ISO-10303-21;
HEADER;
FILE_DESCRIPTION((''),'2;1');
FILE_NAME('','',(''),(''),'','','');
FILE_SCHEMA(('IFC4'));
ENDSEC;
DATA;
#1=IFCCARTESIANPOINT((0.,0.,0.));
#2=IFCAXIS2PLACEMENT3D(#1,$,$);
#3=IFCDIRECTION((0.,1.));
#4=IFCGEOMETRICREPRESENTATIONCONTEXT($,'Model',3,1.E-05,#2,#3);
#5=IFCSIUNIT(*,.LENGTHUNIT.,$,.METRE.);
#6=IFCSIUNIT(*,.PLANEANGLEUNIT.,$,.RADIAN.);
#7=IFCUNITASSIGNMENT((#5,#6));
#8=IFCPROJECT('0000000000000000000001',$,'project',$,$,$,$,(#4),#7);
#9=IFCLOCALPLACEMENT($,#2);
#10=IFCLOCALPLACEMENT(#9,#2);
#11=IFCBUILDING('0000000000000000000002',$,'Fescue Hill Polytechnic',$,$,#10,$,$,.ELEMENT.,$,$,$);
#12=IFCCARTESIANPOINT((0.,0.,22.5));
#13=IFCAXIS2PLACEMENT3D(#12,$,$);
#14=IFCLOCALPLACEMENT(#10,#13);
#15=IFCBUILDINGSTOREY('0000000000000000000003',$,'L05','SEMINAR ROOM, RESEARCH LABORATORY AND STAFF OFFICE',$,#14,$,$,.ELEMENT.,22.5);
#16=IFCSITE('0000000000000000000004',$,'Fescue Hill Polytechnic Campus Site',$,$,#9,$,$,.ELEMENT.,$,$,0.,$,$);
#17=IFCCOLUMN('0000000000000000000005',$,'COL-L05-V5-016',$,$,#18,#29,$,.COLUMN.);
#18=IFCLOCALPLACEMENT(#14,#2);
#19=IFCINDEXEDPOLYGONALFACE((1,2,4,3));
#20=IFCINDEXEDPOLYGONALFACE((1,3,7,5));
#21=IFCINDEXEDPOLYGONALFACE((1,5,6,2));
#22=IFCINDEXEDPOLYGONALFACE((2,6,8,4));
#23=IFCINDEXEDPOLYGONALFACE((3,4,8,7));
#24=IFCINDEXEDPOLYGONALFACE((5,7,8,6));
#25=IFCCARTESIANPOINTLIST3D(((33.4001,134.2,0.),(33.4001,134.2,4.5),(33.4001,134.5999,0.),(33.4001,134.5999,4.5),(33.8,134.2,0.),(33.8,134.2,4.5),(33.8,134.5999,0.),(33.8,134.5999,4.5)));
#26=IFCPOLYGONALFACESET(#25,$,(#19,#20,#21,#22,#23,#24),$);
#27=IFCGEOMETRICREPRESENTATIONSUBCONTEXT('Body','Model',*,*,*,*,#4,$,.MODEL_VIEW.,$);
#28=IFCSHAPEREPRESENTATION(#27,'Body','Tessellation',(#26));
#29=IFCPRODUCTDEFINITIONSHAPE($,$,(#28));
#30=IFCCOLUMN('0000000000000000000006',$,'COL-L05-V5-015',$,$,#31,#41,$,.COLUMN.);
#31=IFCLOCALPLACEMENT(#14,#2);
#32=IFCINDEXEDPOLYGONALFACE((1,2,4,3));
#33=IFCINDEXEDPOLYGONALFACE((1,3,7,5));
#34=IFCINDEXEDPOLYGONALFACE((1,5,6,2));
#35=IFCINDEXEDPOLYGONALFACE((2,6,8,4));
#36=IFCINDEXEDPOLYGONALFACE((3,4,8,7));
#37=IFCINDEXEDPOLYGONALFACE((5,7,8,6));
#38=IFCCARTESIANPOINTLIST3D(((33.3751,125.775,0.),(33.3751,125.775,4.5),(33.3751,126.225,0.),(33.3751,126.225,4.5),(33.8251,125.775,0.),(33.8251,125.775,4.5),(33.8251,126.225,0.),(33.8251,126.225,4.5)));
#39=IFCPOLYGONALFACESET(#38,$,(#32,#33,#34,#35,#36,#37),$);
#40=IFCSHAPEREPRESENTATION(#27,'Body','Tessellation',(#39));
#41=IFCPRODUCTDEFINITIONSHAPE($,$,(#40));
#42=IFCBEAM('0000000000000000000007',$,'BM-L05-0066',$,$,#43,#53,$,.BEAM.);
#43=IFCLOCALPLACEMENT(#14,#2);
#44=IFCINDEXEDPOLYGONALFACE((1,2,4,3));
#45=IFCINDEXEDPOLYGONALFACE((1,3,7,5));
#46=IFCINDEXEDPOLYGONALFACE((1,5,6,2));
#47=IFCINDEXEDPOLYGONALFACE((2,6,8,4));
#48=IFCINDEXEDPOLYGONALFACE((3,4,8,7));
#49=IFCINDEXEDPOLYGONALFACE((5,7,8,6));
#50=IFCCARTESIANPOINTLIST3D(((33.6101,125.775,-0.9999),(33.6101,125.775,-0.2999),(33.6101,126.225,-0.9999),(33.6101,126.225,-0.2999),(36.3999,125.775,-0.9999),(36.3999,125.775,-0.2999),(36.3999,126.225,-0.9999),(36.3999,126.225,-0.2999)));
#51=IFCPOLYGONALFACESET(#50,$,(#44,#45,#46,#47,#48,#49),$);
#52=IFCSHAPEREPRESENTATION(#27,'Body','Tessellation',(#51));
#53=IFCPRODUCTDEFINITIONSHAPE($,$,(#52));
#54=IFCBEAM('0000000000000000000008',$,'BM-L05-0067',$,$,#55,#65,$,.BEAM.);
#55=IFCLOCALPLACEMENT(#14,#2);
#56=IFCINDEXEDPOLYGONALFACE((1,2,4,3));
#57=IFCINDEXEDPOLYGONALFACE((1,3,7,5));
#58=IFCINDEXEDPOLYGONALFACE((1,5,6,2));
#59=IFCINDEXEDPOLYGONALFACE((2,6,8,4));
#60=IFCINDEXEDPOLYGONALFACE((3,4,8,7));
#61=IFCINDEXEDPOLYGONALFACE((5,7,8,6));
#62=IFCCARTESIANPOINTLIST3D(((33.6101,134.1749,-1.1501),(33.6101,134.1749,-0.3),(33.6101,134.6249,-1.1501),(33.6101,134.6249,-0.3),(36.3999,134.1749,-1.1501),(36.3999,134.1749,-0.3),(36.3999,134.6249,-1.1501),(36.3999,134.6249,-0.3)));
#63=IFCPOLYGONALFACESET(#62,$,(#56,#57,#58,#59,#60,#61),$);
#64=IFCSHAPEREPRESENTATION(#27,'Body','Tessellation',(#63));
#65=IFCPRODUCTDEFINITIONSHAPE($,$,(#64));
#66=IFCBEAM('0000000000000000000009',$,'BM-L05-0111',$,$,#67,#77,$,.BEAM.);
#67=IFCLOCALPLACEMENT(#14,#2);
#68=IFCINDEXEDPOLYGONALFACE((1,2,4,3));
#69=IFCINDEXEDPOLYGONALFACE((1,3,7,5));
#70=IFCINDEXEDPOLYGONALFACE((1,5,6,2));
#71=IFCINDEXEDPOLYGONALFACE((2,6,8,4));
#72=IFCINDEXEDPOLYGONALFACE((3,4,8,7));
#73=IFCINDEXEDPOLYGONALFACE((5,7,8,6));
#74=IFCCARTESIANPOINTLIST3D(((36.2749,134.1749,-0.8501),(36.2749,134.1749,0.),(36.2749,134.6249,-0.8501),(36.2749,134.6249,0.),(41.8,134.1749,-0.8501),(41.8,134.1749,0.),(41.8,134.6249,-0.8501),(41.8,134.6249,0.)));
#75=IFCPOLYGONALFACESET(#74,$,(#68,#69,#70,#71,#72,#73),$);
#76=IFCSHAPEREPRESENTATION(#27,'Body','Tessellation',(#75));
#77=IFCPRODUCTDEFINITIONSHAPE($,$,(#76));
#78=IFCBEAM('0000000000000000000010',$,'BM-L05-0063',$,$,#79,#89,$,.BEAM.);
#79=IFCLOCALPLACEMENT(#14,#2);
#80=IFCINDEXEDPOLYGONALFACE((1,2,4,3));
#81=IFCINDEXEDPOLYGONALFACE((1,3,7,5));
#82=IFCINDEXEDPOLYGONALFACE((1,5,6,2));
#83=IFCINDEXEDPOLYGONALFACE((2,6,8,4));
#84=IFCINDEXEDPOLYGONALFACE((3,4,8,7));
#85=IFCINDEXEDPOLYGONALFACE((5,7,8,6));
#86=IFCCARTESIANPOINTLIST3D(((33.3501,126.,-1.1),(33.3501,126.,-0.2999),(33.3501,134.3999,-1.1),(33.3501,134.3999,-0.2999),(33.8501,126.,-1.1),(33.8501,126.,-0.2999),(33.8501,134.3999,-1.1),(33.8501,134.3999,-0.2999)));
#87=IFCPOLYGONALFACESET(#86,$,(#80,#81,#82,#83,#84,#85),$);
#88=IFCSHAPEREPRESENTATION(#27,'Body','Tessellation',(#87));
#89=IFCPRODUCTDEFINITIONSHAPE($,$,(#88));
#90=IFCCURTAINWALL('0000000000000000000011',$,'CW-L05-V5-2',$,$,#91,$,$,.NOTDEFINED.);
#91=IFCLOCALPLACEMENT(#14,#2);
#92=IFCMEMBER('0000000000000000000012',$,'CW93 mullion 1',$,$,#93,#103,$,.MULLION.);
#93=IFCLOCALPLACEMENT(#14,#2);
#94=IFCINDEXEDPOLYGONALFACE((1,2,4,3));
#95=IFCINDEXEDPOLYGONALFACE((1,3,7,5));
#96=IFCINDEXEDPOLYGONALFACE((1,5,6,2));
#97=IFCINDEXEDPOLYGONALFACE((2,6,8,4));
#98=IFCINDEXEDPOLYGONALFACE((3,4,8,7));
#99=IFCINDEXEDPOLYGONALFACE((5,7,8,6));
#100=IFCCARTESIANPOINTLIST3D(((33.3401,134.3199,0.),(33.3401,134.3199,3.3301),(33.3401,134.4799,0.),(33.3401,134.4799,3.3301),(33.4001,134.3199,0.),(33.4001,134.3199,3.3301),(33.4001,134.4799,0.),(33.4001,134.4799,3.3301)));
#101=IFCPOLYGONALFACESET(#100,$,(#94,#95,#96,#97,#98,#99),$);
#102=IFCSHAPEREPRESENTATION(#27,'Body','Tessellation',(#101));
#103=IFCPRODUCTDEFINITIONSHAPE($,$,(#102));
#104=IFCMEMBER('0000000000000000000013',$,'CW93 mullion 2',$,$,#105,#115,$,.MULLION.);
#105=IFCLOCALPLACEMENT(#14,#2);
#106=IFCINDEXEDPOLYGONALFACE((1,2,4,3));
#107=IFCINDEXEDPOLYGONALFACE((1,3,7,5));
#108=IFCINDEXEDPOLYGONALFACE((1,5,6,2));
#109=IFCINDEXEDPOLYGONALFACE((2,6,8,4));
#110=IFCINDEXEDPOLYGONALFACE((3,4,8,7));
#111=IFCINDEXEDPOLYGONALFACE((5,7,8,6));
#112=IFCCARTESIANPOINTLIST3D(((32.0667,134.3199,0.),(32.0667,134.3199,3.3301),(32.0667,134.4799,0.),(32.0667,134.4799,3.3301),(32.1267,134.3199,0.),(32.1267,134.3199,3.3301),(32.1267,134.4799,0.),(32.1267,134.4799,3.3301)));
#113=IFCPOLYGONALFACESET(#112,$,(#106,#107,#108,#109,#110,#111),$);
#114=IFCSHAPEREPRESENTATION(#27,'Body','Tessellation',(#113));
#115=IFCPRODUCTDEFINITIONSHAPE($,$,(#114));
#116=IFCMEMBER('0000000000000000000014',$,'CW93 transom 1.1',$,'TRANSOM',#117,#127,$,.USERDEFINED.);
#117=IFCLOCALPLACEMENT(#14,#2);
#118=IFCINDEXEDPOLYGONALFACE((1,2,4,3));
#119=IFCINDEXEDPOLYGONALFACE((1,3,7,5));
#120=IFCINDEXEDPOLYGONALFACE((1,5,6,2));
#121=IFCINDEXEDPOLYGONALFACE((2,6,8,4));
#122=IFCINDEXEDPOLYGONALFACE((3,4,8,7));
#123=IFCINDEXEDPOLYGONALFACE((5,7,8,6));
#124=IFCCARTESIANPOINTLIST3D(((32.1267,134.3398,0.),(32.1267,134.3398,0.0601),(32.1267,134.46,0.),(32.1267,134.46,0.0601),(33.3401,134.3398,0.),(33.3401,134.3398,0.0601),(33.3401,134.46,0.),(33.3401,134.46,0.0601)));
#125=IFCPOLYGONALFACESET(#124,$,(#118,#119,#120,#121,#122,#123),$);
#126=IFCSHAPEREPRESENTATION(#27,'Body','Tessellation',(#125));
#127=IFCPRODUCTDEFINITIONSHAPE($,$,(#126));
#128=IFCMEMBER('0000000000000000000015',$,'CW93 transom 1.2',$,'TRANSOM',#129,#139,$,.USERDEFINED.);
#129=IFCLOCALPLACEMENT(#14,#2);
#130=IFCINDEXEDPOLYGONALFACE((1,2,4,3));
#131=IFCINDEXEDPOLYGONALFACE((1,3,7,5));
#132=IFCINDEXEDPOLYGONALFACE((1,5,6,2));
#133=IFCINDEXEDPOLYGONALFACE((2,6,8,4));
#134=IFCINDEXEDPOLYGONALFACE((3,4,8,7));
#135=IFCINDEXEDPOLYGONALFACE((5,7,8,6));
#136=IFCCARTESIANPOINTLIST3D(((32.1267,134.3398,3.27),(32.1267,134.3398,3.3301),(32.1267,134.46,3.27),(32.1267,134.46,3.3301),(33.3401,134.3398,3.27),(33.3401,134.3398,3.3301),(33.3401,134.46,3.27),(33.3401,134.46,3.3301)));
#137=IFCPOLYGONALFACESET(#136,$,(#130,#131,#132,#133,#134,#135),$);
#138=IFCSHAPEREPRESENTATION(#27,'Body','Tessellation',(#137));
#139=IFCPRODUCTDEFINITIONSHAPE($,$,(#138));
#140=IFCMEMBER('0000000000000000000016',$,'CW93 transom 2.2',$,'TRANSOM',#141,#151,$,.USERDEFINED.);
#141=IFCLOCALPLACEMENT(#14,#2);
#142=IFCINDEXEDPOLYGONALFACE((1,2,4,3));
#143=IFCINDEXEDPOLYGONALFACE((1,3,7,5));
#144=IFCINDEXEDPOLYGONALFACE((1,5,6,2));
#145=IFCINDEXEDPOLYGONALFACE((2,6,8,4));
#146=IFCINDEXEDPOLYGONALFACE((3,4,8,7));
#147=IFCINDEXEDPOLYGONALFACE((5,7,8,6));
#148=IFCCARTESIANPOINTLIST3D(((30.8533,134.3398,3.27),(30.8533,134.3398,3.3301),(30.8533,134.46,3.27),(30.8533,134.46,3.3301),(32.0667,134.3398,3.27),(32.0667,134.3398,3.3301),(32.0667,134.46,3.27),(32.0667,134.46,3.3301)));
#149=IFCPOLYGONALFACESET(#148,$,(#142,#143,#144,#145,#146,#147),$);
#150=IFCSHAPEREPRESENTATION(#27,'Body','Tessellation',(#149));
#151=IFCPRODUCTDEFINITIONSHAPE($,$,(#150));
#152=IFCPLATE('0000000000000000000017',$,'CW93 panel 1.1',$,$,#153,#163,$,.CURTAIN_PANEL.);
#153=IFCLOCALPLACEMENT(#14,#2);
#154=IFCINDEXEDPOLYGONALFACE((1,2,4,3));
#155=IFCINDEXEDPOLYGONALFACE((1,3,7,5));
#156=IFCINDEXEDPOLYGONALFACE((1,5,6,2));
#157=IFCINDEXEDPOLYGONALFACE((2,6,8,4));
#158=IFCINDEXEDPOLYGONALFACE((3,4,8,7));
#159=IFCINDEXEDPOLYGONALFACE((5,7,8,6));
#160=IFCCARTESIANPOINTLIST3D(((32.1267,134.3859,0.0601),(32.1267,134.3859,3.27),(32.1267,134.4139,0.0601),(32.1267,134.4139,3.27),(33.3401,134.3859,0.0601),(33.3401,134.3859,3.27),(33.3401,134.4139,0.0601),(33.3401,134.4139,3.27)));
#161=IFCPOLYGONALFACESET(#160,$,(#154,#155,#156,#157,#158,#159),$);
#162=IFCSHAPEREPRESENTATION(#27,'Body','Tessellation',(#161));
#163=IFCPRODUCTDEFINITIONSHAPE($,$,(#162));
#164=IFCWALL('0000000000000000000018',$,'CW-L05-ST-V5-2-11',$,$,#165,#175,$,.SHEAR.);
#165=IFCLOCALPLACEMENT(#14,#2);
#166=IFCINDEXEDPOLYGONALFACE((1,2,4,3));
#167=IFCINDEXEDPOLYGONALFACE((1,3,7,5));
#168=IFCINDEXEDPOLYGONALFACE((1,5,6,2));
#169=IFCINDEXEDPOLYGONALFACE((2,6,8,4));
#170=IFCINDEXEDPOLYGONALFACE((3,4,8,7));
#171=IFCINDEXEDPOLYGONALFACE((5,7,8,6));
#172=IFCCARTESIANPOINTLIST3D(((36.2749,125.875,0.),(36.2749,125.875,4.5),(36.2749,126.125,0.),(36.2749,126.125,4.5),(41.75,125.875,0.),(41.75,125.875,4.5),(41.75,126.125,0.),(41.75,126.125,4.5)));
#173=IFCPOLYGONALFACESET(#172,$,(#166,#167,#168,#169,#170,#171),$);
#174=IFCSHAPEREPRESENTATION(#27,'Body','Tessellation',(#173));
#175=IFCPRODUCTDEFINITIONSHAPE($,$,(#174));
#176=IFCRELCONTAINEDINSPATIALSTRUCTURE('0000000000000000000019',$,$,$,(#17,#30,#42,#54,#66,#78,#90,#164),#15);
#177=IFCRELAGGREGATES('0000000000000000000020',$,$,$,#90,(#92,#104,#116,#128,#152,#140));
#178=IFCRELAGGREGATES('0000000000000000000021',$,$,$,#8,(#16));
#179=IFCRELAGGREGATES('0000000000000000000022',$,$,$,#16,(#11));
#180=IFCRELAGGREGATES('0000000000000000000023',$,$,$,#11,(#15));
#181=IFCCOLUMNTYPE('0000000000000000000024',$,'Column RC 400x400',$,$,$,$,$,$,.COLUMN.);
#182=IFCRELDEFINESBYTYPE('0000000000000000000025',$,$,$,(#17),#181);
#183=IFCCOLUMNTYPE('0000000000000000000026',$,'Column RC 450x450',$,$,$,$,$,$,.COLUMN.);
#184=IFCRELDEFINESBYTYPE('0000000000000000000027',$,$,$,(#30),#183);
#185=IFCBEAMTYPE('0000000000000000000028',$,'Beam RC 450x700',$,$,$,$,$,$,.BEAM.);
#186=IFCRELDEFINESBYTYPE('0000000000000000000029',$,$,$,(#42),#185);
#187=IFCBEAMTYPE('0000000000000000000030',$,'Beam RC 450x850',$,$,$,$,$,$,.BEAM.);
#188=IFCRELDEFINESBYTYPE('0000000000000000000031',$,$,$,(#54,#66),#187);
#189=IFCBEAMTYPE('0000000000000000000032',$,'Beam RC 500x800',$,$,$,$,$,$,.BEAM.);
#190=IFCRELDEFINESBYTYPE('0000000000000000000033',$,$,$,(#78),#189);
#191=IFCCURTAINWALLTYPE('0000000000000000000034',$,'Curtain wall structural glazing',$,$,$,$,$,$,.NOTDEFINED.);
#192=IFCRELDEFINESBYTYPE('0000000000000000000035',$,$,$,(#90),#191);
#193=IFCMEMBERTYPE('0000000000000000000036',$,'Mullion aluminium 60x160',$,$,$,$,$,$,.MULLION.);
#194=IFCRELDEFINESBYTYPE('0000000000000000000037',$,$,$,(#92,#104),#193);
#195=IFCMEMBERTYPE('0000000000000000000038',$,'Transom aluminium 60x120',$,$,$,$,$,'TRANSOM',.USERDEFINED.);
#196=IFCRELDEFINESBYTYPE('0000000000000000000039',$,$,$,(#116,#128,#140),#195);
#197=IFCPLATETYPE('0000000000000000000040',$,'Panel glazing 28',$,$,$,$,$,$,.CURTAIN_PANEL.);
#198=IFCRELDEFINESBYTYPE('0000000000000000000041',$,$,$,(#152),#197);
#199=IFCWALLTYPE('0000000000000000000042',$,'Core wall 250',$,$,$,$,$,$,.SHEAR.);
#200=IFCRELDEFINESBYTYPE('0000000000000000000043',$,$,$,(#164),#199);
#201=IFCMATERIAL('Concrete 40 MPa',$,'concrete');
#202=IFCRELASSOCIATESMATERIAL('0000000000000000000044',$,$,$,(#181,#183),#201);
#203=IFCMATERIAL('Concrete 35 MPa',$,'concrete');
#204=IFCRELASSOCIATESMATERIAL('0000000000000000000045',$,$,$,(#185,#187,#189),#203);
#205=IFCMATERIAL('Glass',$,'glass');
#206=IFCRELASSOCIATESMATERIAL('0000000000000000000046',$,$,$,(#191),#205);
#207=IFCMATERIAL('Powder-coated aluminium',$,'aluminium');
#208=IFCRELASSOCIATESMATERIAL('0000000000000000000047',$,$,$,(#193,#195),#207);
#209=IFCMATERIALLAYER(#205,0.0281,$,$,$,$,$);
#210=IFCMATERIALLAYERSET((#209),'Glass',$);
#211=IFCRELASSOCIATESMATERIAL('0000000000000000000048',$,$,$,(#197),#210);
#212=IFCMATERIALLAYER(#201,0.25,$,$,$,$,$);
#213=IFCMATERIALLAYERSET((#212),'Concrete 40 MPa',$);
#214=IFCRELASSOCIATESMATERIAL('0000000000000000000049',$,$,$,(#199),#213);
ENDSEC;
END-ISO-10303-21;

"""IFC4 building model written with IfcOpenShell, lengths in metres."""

from ifc_helpers import new_model, si_unit, direction, frame, frame_2d, origin, origin_2d, place, context, subcontext, project, spatial, rectangle, extrude, material, layer, layer_set, material_profile, profile_set, type_object, element, aggregate, save


model = new_model("IFC4")

# Units and contexts
model_context = context("Model", 3, precision=1e-05, world=origin(), true_north=direction((0.0, 1.0)))
body_context = subcontext(model_context, "Body", "Model", "MODEL_VIEW")
ifc_project = project(units=[si_unit("LENGTHUNIT", "METRE"), si_unit("PLANEANGLEUNIT", "RADIAN")], contexts=[model_context])

# Site, building, storey
site_placement = place(None, origin())
site = spatial("IfcSite", under=ifc_project, at=site_placement, Name="Fescue Hill Polytechnic Campus Site", CompositionType="ELEMENT", RefElevation=0.0)
building_placement = place(site_placement, origin())
building = spatial("IfcBuilding", under=site, at=building_placement, Name="Fescue Hill Polytechnic", CompositionType="ELEMENT")
storey_placement = place(building_placement, frame((0.0, 0.0, 22.5)))
storey = spatial("IfcBuildingStorey", under=building, at=storey_placement, Name="L05", Description="SEMINAR ROOM, RESEARCH LABORATORY AND STAFF OFFICE", CompositionType="ELEMENT", Elevation=22.5)

# Columns
ifc_material_1 = material(Name="Concrete 40 MPa", Category="concrete")
ifc_material_profile_1 = material_profile(ifc_material_1, rectangle(XDim=0.3999, YDim=0.3999, at=origin_2d()), Name="RC 400x400")
ifc_profile_set_1 = profile_set([ifc_material_profile_1], Name="Concrete 40 MPa")
column_type_1 = type_object("IfcColumnType", Name="Column RC 400x400", PredefinedType="COLUMN", material=ifc_profile_set_1)
column_1_placement = place(storey_placement, frame((33.6001, 134.3999, 0.0), z_axis=(0.0, 0.0, 1.0), x_axis=(1.0, 0.0, 0.0)))
element("IfcColumn", 1, at=column_1_placement, inside=storey, type_object=column_type_1, Name="COL-L05-V5-016", PredefinedType="COLUMN", context=body_context, shape_type="SweptSolid", body=[
    extrude(rectangle(XDim=0.3999, YDim=0.3999, at=origin_2d()), origin(), (0.0, 0.0, 1.0), 4.5),
])
ifc_material_profile_2 = material_profile(ifc_material_1, rectangle(XDim=0.45, YDim=0.45, at=origin_2d()), Name="RC 450x450")
ifc_profile_set_2 = profile_set([ifc_material_profile_2], Name="Concrete 40 MPa")
column_type_2 = type_object("IfcColumnType", Name="Column RC 450x450", PredefinedType="COLUMN", material=ifc_profile_set_2)
column_2_placement = place(storey_placement, frame((33.6001, 126.0, 0.0), z_axis=(0.0, 0.0, 1.0), x_axis=(1.0, 0.0, 0.0)))
element("IfcColumn", 2, at=column_2_placement, inside=storey, type_object=column_type_2, Name="COL-L05-V5-015", PredefinedType="COLUMN", context=body_context, shape_type="SweptSolid", body=[
    extrude(rectangle(XDim=0.45, YDim=0.45, at=origin_2d()), origin(), (0.0, 0.0, 1.0), 4.5),
])

# Beams
ifc_material_2 = material(Name="Concrete 35 MPa", Category="concrete")
ifc_material_profile_3 = material_profile(ifc_material_2, rectangle(XDim=0.45, YDim=0.7, at=origin_2d()), Name="RC 450x700")
ifc_profile_set_3 = profile_set([ifc_material_profile_3], Name="Concrete 35 MPa")
beam_type_1 = type_object("IfcBeamType", Name="Beam RC 450x700", PredefinedType="BEAM", material=ifc_profile_set_3)
beam_1_placement = place(storey_placement, frame((33.6101, 126.0, -0.6499), z_axis=(1.0, 0.0, 0.0), x_axis=(0.0, 1.0, 0.0)))
element("IfcBeam", 3, at=beam_1_placement, inside=storey, type_object=beam_type_1, Name="BM-L05-0066", PredefinedType="BEAM", context=body_context, shape_type="SweptSolid", body=[
    extrude(rectangle(XDim=0.45, YDim=0.7, at=origin_2d()), origin(), (0.0, 0.0, 1.0), 2.7898),
])
ifc_material_profile_4 = material_profile(ifc_material_2, rectangle(XDim=0.45, YDim=0.8501, at=origin_2d()), Name="RC 450x850")
ifc_profile_set_4 = profile_set([ifc_material_profile_4], Name="Concrete 35 MPa")
beam_type_2 = type_object("IfcBeamType", Name="Beam RC 450x850", PredefinedType="BEAM", material=ifc_profile_set_4)
beam_2_placement = place(storey_placement, frame((33.6101, 134.3999, -0.7251), z_axis=(1.0, 0.0, 0.0), x_axis=(0.0, 1.0, 0.0)))
element("IfcBeam", 4, at=beam_2_placement, inside=storey, type_object=beam_type_2, Name="BM-L05-0067", PredefinedType="BEAM", context=body_context, shape_type="SweptSolid", body=[
    extrude(rectangle(XDim=0.45, YDim=0.8501, at=origin_2d()), origin(), (0.0, 0.0, 1.0), 2.7898),
])
beam_3_placement = place(storey_placement, frame((36.2749, 134.3999, -0.425), z_axis=(1.0, 0.0, 0.0), x_axis=(0.0, 1.0, 0.0)))
element("IfcBeam", 5, at=beam_3_placement, inside=storey, type_object=beam_type_2, Name="BM-L05-0111", PredefinedType="BEAM", context=body_context, shape_type="SweptSolid", body=[
    extrude(rectangle(XDim=0.45, YDim=0.8501, at=origin_2d()), origin(), (0.0, 0.0, 1.0), 5.5251),
])
ifc_material_profile_5 = material_profile(ifc_material_2, rectangle(XDim=0.5, YDim=0.8, at=origin_2d()), Name="RC 500x800")
ifc_profile_set_5 = profile_set([ifc_material_profile_5], Name="Concrete 35 MPa")
beam_type_3 = type_object("IfcBeamType", Name="Beam RC 500x800", PredefinedType="BEAM", material=ifc_profile_set_5)
beam_4_placement = place(storey_placement, frame((33.6001, 126.0, -0.7), z_axis=(0.0, 1.0, 0.0), x_axis=(-1.0, 0.0, 0.0)))
element("IfcBeam", 6, at=beam_4_placement, inside=storey, type_object=beam_type_3, Name="BM-L05-0063", PredefinedType="BEAM", context=body_context, shape_type="SweptSolid", body=[
    extrude(rectangle(XDim=0.5, YDim=0.8, at=origin_2d()), origin(), (0.0, 0.0, 1.0), 8.3999),
])

# Curtain wall, members, plate
ifc_material_3 = material(Name="Glass", Category="glass")
curtain_wall_type = type_object("IfcCurtainWallType", Name="Curtain wall structural glazing", PredefinedType="NOTDEFINED", material=ifc_material_3)
curtain_wall_placement = place(storey_placement, origin())
curtain_wall = element("IfcCurtainWall", 7, at=curtain_wall_placement, inside=storey, type_object=curtain_wall_type, Name="CW-L05-V5-2", PredefinedType="NOTDEFINED")
ifc_material_4 = material(Name="Powder-coated aluminium", Category="aluminium")
ifc_material_profile_6 = material_profile(ifc_material_4, rectangle(XDim=0.1599, YDim=0.0601, at=origin_2d()), Name="Mullion aluminium 60x160")
ifc_profile_set_6 = profile_set([ifc_material_profile_6], Name="Powder-coated aluminium")
member_type_1 = type_object("IfcMemberType", Name="Mullion aluminium 60x160", PredefinedType="MULLION", material=ifc_profile_set_6)
member_1_placement = place(storey_placement, frame((33.3701, 134.3999, 0.0), z_axis=(0.0, 0.0, 1.0), x_axis=(0.0, -1.0, 0.0)))
member_1 = element("IfcMember", 8, at=member_1_placement, type_object=member_type_1, Name="CW93 mullion 1", PredefinedType="MULLION", context=body_context, shape_type="SweptSolid", body=[
    extrude(rectangle(XDim=0.1599, YDim=0.0601, at=origin_2d()), origin(), (0.0, 0.0, 1.0), 3.3301),
])
member_2_placement = place(storey_placement, frame((32.0967, 134.3999, 0.0), z_axis=(0.0, 0.0, 1.0), x_axis=(0.0, -1.0, 0.0)))
member_2 = element("IfcMember", 9, at=member_2_placement, type_object=member_type_1, Name="CW93 mullion 2", PredefinedType="MULLION", context=body_context, shape_type="SweptSolid", body=[
    extrude(rectangle(XDim=0.1599, YDim=0.0601, at=origin_2d()), origin(), (0.0, 0.0, 1.0), 3.3301),
])
ifc_material_profile_7 = material_profile(ifc_material_4, rectangle(XDim=0.1201, YDim=0.0601, at=origin_2d()), Name="Transom aluminium 60x120")
ifc_profile_set_7 = profile_set([ifc_material_profile_7], Name="Powder-coated aluminium")
member_type_2 = type_object("IfcMemberType", Name="Transom aluminium 60x120", ElementType="TRANSOM", PredefinedType="USERDEFINED", material=ifc_profile_set_7)
member_3_placement = place(storey_placement, frame((33.3401, 134.3999, 0.03), z_axis=(-1.0, 0.0, 0.0), x_axis=(0.0, -1.0, 0.0)))
member_3 = element("IfcMember", 10, at=member_3_placement, type_object=member_type_2, Name="CW93 transom 1.1", ObjectType="TRANSOM", PredefinedType="USERDEFINED", context=body_context, shape_type="SweptSolid", body=[
    extrude(rectangle(XDim=0.1201, YDim=0.0601, at=origin_2d()), origin(), (0.0, 0.0, 1.0), 1.2134),
])
member_4_placement = place(storey_placement, frame((33.3401, 134.3999, 3.3), z_axis=(-1.0, 0.0, 0.0), x_axis=(0.0, -1.0, 0.0)))
member_4 = element("IfcMember", 11, at=member_4_placement, type_object=member_type_2, Name="CW93 transom 1.2", ObjectType="TRANSOM", PredefinedType="USERDEFINED", context=body_context, shape_type="SweptSolid", body=[
    extrude(rectangle(XDim=0.1201, YDim=0.0601, at=origin_2d()), origin(), (0.0, 0.0, 1.0), 1.2134),
])
member_5_placement = place(storey_placement, frame((32.0667, 134.3999, 3.3), z_axis=(-1.0, 0.0, 0.0), x_axis=(0.0, -1.0, 0.0)))
member_5 = element("IfcMember", 12, at=member_5_placement, type_object=member_type_2, Name="CW93 transom 2.2", ObjectType="TRANSOM", PredefinedType="USERDEFINED", context=body_context, shape_type="SweptSolid", body=[
    extrude(rectangle(XDim=0.1201, YDim=0.0601, at=origin_2d()), origin(), (0.0, 0.0, 1.0), 1.2134),
])
ifc_layer_1 = layer(ifc_material_3, 0.0281)
ifc_layer_set_1 = layer_set([ifc_layer_1], Name="Glass")
plate_type = type_object("IfcPlateType", Name="Panel glazing 28", PredefinedType="CURTAIN_PANEL", material=ifc_layer_set_1)
plate_placement = place(storey_placement, frame((32.7334, 134.3999, 0.0601), z_axis=(0.0, 0.0, 1.0), x_axis=(-1.0, 0.0, 0.0)))
plate = element("IfcPlate", 13, at=plate_placement, type_object=plate_type, Name="CW93 panel 1.1", PredefinedType="CURTAIN_PANEL", context=body_context, shape_type="SweptSolid", body=[
    extrude(rectangle(XDim=1.2134, YDim=0.0281, at=origin_2d()), origin(), (0.0, 0.0, 1.0), 3.21),
])
aggregate(curtain_wall, [member_1, member_2, member_3, member_4, plate, member_5])

# Wall
ifc_layer_2 = layer(ifc_material_1, 0.25)
ifc_layer_set_2 = layer_set([ifc_layer_2], Name="Concrete 40 MPa")
wall_type_1 = type_object("IfcWallType", Name="Core wall 250", PredefinedType="SHEAR", material=ifc_layer_set_2)
wall_1_placement = place(storey_placement, frame((36.2749, 126.0, 0.0), z_axis=(0.0, 0.0, 1.0), x_axis=(1.0, 0.0, 0.0)))
element("IfcWall", 14, at=wall_1_placement, inside=storey, type_object=wall_type_1, Name="CW-L05-ST-V5-2-11", PredefinedType="SHEAR", context=body_context, shape_type="SweptSolid", body=[
    extrude(rectangle(XDim=5.4751, YDim=0.25, at=frame_2d((2.7375, 0.0))), origin(), (0.0, 0.0, 1.0), 4.5),
])

save(model, "model.ifc")
